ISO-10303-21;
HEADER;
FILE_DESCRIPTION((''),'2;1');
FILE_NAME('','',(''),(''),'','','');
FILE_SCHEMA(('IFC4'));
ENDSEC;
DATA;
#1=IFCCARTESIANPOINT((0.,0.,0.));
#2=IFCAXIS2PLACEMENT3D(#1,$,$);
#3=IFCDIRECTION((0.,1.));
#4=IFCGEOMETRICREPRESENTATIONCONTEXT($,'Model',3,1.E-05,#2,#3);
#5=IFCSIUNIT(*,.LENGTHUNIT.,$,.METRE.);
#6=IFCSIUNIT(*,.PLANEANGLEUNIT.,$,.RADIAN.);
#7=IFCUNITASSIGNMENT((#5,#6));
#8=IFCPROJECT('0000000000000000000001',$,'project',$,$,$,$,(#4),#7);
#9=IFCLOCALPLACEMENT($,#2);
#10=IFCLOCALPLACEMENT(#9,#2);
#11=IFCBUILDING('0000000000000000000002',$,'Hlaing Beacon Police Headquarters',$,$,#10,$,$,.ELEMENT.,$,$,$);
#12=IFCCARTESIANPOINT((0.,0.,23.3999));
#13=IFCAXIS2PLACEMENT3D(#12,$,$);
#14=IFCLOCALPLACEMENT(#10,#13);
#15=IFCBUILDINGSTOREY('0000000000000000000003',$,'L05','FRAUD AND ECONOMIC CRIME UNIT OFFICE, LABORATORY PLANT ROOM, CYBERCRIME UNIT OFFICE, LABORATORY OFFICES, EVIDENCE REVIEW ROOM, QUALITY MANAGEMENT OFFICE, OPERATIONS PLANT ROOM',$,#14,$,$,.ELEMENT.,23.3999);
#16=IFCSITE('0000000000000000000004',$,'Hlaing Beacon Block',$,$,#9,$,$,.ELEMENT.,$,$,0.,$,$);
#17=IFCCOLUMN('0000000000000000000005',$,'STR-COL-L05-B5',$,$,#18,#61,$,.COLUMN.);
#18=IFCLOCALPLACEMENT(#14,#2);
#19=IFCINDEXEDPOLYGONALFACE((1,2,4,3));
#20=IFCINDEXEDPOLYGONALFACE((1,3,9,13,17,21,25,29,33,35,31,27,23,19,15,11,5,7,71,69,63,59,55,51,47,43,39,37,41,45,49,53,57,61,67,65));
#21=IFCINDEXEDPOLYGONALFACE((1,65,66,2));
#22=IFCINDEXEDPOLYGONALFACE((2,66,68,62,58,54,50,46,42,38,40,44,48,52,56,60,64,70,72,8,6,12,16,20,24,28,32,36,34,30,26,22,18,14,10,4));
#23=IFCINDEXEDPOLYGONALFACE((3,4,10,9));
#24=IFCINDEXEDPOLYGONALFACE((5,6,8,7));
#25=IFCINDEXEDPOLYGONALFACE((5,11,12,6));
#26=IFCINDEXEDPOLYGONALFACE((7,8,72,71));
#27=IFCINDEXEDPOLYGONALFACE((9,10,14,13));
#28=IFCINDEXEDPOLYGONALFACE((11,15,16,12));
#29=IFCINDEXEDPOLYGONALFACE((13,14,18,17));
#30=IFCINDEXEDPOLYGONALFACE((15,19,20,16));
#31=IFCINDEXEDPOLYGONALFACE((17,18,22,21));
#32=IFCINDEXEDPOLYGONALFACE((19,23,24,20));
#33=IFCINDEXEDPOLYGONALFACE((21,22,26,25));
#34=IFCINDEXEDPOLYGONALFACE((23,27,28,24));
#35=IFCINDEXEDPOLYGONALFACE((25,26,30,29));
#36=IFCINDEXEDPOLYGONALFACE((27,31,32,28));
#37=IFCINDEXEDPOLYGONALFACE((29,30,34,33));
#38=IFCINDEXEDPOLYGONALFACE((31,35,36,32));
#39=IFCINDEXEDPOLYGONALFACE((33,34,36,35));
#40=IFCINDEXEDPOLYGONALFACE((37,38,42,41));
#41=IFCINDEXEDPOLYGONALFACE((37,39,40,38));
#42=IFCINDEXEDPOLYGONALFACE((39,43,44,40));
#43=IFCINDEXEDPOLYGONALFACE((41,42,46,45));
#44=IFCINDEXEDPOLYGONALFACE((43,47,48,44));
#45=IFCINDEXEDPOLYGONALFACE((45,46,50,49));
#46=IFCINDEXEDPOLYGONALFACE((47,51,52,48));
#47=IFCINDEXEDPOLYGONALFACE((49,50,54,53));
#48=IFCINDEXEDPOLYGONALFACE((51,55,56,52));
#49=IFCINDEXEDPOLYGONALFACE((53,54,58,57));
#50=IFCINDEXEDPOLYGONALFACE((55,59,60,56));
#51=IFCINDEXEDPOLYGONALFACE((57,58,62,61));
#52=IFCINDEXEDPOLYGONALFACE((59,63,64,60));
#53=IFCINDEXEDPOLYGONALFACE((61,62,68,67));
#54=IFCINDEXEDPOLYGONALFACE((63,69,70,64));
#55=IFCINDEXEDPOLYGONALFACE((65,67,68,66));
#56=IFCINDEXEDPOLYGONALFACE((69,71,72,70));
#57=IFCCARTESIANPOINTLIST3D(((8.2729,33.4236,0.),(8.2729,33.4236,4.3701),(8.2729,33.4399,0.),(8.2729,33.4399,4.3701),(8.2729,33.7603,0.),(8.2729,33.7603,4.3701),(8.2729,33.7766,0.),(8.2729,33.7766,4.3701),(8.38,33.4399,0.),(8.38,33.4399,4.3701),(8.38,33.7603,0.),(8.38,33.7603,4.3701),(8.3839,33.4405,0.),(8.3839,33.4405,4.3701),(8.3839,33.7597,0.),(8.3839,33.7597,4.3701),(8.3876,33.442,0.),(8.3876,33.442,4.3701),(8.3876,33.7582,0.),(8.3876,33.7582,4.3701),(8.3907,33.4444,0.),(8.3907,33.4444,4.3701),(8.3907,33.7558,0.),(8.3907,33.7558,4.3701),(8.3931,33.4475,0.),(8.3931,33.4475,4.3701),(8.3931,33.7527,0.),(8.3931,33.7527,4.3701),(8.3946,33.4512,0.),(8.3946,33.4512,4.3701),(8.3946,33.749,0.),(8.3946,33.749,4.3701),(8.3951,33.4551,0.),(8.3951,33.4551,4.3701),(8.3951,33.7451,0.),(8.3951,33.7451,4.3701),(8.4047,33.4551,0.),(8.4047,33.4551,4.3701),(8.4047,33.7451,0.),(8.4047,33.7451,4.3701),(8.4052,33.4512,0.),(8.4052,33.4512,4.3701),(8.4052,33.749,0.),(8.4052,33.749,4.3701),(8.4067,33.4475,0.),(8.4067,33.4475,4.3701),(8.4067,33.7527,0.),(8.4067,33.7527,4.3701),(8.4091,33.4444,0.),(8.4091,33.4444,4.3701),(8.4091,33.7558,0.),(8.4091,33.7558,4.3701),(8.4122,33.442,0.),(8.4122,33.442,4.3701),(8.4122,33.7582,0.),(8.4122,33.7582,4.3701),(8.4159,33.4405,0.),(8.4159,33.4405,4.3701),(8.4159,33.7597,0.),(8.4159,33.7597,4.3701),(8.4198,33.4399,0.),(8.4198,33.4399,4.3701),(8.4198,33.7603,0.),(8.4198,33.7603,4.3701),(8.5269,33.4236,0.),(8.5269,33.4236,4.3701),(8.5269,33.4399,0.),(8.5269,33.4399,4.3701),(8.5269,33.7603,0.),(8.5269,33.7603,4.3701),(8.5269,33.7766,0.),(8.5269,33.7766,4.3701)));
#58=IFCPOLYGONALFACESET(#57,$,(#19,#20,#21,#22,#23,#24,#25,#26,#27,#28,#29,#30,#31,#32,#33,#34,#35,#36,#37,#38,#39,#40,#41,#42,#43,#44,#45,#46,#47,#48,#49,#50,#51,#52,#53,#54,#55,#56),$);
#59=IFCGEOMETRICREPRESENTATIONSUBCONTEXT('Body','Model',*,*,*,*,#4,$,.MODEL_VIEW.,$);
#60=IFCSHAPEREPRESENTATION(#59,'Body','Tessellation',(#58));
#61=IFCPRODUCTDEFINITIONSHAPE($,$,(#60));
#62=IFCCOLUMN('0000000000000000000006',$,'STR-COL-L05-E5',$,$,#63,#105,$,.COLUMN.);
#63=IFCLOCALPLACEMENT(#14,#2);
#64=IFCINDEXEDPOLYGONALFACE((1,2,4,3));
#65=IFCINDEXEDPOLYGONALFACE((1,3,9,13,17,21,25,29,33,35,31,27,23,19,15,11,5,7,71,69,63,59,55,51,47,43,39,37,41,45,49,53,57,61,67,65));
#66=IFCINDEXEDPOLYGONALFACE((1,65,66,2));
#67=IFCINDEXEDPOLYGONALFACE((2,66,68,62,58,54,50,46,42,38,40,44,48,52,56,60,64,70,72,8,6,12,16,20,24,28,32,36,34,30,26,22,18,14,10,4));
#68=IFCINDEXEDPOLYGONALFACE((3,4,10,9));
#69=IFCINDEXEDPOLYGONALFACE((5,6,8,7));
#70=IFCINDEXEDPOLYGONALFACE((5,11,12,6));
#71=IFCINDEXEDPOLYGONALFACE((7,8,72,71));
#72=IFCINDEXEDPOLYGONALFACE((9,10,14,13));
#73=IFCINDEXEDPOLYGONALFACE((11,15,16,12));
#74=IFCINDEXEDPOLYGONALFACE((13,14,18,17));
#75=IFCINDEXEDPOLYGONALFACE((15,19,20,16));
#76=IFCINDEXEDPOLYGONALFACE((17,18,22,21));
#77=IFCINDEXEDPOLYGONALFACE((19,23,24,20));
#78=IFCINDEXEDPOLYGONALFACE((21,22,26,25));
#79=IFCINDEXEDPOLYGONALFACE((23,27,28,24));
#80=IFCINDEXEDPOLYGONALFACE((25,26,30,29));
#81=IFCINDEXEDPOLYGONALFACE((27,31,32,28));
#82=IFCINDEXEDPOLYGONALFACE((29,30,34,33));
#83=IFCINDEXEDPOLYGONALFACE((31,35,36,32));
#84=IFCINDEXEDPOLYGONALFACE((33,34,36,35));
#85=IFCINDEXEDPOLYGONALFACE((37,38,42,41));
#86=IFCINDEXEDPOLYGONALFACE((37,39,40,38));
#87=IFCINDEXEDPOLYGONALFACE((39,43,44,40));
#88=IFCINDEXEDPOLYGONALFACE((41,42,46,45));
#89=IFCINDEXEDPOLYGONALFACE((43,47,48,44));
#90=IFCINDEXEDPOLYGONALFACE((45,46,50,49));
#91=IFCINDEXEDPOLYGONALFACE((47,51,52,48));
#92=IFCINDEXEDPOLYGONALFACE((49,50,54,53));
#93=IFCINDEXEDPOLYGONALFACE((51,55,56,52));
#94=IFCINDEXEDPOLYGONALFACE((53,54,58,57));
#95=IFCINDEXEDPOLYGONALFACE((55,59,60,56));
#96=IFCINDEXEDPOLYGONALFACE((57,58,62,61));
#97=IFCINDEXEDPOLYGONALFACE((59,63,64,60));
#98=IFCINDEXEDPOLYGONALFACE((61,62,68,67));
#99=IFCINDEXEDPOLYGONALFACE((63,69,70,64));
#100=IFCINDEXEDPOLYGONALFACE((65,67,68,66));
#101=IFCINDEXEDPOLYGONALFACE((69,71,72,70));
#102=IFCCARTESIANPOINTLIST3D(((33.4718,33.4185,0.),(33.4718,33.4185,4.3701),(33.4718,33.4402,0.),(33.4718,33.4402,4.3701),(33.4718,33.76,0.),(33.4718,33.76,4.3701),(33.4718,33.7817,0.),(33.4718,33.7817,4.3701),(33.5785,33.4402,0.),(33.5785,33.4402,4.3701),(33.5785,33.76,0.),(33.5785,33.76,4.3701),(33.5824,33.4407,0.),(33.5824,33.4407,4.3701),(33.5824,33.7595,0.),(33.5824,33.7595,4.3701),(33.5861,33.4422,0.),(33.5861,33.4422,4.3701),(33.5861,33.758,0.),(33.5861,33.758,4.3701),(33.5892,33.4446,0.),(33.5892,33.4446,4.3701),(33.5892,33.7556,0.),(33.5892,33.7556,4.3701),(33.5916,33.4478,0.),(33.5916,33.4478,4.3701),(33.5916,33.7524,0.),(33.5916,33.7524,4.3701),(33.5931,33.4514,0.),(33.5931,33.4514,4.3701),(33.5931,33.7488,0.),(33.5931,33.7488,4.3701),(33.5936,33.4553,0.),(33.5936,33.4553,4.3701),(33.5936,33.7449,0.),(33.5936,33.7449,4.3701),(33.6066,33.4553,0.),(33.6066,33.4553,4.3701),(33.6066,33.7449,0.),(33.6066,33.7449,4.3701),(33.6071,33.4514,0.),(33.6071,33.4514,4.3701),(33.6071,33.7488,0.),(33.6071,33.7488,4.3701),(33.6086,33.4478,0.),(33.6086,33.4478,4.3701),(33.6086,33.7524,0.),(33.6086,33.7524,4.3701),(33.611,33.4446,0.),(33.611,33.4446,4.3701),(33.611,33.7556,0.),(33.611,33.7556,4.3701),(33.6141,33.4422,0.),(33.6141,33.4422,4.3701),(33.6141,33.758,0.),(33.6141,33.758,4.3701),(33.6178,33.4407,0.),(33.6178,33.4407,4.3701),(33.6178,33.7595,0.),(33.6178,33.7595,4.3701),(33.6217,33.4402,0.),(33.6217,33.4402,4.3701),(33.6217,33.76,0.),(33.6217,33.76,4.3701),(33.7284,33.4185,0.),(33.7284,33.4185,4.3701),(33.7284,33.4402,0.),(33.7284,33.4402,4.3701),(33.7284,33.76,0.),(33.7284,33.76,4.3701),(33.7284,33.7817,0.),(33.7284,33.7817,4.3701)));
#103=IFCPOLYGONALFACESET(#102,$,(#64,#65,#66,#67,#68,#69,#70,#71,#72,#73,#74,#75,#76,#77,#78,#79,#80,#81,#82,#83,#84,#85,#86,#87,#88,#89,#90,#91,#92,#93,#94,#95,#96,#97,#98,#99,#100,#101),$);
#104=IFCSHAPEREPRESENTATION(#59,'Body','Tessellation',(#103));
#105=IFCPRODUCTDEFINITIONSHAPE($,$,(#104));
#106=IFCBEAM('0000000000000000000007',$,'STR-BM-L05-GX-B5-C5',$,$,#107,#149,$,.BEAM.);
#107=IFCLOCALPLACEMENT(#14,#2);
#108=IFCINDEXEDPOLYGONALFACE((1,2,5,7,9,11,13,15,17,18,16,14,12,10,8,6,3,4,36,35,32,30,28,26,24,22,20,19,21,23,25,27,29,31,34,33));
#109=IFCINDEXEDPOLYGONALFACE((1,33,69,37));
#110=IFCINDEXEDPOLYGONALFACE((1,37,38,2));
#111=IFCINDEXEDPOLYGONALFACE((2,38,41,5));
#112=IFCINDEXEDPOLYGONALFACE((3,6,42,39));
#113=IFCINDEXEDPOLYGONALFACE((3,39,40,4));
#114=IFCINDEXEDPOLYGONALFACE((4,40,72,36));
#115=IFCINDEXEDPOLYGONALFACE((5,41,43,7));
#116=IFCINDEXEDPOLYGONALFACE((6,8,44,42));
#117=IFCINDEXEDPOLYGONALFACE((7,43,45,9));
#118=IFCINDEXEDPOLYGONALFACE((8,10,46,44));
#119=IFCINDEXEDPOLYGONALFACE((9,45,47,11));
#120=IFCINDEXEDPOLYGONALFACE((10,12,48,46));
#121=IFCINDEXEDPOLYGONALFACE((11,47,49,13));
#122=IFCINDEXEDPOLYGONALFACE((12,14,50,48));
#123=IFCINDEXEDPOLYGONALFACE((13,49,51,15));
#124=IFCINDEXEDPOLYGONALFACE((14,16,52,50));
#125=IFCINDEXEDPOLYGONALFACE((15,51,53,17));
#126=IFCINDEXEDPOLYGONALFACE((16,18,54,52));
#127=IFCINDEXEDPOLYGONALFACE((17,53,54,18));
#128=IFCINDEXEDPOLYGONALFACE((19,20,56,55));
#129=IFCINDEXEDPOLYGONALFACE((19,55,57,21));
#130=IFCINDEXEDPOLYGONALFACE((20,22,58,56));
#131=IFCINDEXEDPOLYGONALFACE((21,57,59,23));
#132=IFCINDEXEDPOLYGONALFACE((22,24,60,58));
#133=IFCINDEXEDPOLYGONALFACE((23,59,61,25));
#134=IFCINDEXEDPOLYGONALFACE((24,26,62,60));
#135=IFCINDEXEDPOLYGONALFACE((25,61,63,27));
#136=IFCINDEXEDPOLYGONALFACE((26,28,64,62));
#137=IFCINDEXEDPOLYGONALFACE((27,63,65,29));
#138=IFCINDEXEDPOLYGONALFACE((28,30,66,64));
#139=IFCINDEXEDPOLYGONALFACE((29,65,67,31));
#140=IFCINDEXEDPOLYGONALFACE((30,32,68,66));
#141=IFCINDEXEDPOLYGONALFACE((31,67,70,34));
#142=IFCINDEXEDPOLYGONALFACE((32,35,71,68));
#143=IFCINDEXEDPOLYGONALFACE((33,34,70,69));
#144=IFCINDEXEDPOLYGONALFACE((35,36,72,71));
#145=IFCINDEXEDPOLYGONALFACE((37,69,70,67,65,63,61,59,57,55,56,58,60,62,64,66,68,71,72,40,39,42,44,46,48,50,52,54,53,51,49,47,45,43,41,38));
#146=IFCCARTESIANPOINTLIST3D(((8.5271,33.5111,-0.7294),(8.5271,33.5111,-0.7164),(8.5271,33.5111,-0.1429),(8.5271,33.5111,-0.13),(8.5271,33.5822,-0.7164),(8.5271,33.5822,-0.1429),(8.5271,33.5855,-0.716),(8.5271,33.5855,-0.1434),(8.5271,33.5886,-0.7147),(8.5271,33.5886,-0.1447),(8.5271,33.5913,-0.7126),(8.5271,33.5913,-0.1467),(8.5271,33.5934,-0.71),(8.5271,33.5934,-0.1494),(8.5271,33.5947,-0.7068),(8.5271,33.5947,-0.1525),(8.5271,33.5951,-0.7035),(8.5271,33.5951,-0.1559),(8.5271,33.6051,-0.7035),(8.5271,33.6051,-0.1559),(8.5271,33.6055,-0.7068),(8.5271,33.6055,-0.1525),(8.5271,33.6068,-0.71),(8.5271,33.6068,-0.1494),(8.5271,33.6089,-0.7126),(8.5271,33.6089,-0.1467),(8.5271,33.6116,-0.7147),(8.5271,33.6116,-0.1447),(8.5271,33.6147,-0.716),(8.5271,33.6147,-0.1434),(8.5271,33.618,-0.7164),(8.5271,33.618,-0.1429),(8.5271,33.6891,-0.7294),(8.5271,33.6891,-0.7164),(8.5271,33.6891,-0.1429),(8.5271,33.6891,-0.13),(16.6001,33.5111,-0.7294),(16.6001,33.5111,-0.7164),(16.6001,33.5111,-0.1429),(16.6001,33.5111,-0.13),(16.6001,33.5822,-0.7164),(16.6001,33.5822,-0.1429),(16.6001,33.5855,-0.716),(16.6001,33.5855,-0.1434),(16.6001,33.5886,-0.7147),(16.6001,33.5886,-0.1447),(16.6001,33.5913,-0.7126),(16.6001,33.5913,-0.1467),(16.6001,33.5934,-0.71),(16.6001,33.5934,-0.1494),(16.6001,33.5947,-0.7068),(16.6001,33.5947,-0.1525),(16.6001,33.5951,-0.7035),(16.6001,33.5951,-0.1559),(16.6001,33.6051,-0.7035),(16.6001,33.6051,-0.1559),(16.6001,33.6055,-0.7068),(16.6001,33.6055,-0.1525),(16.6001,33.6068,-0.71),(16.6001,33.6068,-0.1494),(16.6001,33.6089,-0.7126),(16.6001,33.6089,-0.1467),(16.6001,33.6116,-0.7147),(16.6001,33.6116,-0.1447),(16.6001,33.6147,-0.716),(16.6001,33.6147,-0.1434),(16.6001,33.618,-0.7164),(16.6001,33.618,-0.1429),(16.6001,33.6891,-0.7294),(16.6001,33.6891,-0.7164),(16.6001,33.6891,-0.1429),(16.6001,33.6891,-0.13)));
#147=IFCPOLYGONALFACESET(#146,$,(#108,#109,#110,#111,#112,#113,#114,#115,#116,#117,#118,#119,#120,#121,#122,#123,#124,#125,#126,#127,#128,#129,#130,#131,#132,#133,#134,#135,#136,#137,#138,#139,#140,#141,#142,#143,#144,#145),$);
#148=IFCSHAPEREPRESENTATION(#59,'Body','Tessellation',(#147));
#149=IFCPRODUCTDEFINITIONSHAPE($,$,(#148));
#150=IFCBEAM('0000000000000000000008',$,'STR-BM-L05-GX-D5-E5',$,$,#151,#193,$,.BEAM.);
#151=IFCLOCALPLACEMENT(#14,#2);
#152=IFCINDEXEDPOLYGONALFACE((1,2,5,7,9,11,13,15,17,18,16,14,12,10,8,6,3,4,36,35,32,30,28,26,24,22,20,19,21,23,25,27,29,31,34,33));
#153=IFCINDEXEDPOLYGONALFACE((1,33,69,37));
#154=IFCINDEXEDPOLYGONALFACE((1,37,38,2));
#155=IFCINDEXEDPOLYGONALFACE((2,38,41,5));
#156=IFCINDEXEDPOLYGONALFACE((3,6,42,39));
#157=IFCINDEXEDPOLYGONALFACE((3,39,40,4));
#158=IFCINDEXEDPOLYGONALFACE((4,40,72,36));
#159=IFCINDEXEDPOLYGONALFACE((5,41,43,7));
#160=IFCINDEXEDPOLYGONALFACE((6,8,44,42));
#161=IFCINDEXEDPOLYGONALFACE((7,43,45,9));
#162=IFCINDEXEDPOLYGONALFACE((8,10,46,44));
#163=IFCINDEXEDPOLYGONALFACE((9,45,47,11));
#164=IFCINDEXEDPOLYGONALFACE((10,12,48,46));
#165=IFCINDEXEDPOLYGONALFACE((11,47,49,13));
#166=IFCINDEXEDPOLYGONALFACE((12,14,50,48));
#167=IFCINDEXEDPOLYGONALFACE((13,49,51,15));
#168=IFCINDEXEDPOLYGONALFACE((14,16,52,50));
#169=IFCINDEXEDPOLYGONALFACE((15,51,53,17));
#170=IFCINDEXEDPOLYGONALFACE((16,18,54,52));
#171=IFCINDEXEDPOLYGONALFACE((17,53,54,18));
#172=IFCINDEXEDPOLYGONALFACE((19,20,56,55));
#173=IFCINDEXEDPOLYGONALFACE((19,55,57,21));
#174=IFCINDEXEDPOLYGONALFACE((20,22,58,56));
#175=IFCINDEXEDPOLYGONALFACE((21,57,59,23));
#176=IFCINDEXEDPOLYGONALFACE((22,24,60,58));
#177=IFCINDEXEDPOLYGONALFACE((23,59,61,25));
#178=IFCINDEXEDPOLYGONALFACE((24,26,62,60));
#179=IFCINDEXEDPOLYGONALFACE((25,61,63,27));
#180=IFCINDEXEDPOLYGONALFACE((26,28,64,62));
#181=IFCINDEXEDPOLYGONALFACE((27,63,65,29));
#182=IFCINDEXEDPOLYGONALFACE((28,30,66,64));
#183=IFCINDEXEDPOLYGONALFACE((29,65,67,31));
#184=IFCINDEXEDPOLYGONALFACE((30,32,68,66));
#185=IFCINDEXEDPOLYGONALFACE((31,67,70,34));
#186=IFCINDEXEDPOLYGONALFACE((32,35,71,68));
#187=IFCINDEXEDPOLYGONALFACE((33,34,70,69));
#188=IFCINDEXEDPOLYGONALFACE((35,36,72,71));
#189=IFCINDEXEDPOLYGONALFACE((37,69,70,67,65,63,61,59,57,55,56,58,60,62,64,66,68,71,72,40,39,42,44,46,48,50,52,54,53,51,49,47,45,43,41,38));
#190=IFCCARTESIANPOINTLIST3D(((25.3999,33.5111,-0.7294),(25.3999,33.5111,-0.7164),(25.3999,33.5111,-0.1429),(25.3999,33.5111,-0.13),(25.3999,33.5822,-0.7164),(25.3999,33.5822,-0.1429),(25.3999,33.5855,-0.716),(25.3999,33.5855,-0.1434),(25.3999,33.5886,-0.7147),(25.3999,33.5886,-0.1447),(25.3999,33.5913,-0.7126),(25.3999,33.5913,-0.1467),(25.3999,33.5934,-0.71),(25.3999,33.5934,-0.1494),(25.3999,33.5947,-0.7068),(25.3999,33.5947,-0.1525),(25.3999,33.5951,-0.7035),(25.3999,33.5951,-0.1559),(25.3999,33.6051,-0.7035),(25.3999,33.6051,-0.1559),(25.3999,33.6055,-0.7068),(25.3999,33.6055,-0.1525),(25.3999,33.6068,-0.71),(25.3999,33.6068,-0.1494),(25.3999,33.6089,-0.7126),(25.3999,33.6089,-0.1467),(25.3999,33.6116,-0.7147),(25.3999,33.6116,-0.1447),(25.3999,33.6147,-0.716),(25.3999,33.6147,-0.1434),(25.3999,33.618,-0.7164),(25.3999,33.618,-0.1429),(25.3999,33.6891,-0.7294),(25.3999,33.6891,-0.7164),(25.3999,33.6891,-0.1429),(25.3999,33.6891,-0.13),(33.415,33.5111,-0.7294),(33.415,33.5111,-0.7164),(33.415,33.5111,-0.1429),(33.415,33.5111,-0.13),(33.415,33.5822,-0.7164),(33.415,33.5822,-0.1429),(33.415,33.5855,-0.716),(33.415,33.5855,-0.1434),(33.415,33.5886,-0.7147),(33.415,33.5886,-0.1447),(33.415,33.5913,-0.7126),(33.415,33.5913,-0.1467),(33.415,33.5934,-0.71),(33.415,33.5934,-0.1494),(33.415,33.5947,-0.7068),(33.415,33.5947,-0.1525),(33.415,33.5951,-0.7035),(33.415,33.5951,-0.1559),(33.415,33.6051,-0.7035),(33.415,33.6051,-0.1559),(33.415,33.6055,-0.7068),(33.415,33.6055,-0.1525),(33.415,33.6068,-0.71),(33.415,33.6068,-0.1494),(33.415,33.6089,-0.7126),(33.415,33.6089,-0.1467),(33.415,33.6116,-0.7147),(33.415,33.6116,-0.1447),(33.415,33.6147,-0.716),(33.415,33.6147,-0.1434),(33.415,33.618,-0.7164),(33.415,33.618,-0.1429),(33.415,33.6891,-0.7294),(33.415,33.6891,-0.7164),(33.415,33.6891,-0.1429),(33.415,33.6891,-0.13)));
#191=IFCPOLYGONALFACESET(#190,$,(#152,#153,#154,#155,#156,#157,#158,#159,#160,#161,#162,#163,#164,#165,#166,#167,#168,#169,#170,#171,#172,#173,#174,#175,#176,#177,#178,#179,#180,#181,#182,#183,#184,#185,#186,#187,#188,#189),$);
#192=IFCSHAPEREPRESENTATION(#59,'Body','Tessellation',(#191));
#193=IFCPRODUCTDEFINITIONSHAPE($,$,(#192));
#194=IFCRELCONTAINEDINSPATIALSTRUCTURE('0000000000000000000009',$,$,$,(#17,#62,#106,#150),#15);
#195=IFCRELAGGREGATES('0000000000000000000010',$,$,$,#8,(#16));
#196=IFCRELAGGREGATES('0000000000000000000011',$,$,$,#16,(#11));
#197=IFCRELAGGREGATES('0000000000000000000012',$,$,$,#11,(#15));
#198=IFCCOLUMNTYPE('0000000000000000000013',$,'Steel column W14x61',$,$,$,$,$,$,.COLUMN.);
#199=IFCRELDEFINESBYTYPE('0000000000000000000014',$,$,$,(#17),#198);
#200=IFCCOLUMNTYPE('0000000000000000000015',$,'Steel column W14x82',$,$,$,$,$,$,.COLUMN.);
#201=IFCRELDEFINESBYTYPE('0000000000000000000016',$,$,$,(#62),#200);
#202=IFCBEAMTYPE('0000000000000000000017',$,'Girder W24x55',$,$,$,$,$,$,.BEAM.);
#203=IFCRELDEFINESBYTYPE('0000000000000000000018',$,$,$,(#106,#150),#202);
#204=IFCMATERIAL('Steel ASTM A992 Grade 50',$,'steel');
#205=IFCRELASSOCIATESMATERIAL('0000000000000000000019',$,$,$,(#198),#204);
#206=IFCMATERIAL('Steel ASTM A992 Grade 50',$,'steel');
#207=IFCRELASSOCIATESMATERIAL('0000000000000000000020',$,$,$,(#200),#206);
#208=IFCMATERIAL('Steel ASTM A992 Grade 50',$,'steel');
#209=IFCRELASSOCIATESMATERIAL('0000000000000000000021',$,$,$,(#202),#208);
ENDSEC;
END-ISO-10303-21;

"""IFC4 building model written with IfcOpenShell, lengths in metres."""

from ifc_helpers import new_model, si_unit, direction, frame, origin, origin_2d, place, context, subcontext, project, spatial, i_section, extrude, material, material_profile, profile_set, type_object, element, save


model = new_model("IFC4")

# Units and contexts
model_context = context("Model", 3, precision=1e-05, world=origin(), true_north=direction((0.0, 1.0)))
body_context = subcontext(model_context, "Body", "Model", "MODEL_VIEW")
ifc_project = project(units=[si_unit("LENGTHUNIT", "METRE"), si_unit("PLANEANGLEUNIT", "RADIAN")], contexts=[model_context])

# Site, building, storey
site_placement = place(None, origin())
site = spatial("IfcSite", under=ifc_project, at=site_placement, Name="Hlaing Beacon Block", CompositionType="ELEMENT", RefElevation=0.0)
building_placement = place(site_placement, origin())
building = spatial("IfcBuilding", under=site, at=building_placement, Name="Hlaing Beacon Police Headquarters", CompositionType="ELEMENT")
storey_placement = place(building_placement, frame((0.0, 0.0, 23.3999)))
storey = spatial("IfcBuildingStorey", under=building, at=storey_placement, Name="L05", Description="FRAUD AND ECONOMIC CRIME UNIT OFFICE, LABORATORY PLANT ROOM, CYBERCRIME UNIT OFFICE, LABORATORY OFFICES, EVIDENCE REVIEW ROOM, QUALITY MANAGEMENT OFFICE, OPERATIONS PLANT ROOM", CompositionType="ELEMENT", Elevation=23.3999)

# Columns
ifc_material_1 = material(Name="Steel ASTM A992 Grade 50", Category="steel")
ifc_material_profile_1 = material_profile(ifc_material_1, i_section(OverallWidth=0.2539, OverallDepth=0.353, WebThickness=0.0095, FlangeThickness=0.0164, FilletRadius=0.0151, at=origin_2d()), Name="W14x61")
ifc_profile_set_1 = profile_set([ifc_material_profile_1], Name="Steel ASTM A992 Grade 50")
column_type_1 = type_object("IfcColumnType", Name="Steel column W14x61", PredefinedType="COLUMN", material=ifc_profile_set_1)
column_1_placement = place(storey_placement, frame((8.3999, 33.6001, 0.0), z_axis=(0.0, 0.0, 1.0), x_axis=(1.0, 0.0, 0.0)))
element("IfcColumn", 1, at=column_1_placement, inside=storey, type_object=column_type_1, Name="STR-COL-L05-B5", PredefinedType="COLUMN", context=body_context, shape_type="SweptSolid", body=[
    extrude(i_section(OverallWidth=0.2539, OverallDepth=0.353, WebThickness=0.0095, FlangeThickness=0.0164, FilletRadius=0.0151, at=origin_2d()), origin(), (0.0, 0.0, 1.0), 4.3701),
])
ifc_material_2 = material(Name="Steel ASTM A992 Grade 50", Category="steel")
ifc_material_profile_2 = material_profile(ifc_material_2, i_section(OverallWidth=0.2566, OverallDepth=0.3633, WebThickness=0.0129, FlangeThickness=0.0217, FilletRadius=0.0151, at=origin_2d()), Name="W14x82")
ifc_profile_set_2 = profile_set([ifc_material_profile_2], Name="Steel ASTM A992 Grade 50")
column_type_2 = type_object("IfcColumnType", Name="Steel column W14x82", PredefinedType="COLUMN", material=ifc_profile_set_2)
column_2_placement = place(storey_placement, frame((33.6001, 33.6001, 0.0), z_axis=(0.0, 0.0, 1.0), x_axis=(1.0, 0.0, 0.0)))
element("IfcColumn", 2, at=column_2_placement, inside=storey, type_object=column_type_2, Name="STR-COL-L05-E5", PredefinedType="COLUMN", context=body_context, shape_type="SweptSolid", body=[
    extrude(i_section(OverallWidth=0.2566, OverallDepth=0.3633, WebThickness=0.0129, FlangeThickness=0.0217, FilletRadius=0.0151, at=origin_2d()), origin(), (0.0, 0.0, 1.0), 4.3701),
])

# Beams
ifc_material_3 = material(Name="Steel ASTM A992 Grade 50", Category="steel")
ifc_material_profile_3 = material_profile(ifc_material_3, i_section(OverallWidth=0.178, OverallDepth=0.5994, WebThickness=0.01, FlangeThickness=0.0129, FilletRadius=0.0129, at=origin_2d()), Name="W24x55")
ifc_profile_set_3 = profile_set([ifc_material_profile_3], Name="Steel ASTM A992 Grade 50")
beam_type_1 = type_object("IfcBeamType", Name="Girder W24x55", PredefinedType="BEAM", material=ifc_profile_set_3)
beam_1_placement = place(storey_placement, frame((8.5271, 33.6001, -0.4297), z_axis=(1.0, 0.0, 0.0), x_axis=(0.0, 1.0, 0.0)))
element("IfcBeam", 3, at=beam_1_placement, inside=storey, type_object=beam_type_1, Name="STR-BM-L05-GX-B5-C5", PredefinedType="BEAM", context=body_context, shape_type="SweptSolid", body=[
    extrude(i_section(OverallWidth=0.178, OverallDepth=0.5994, WebThickness=0.01, FlangeThickness=0.0129, FilletRadius=0.0129, at=origin_2d()), origin(), (0.0, 0.0, 1.0), 8.073),
])
beam_2_placement = place(storey_placement, frame((25.3999, 33.6001, -0.4297), z_axis=(1.0, 0.0, 0.0), x_axis=(0.0, 1.0, 0.0)))
element("IfcBeam", 4, at=beam_2_placement, inside=storey, type_object=beam_type_1, Name="STR-BM-L05-GX-D5-E5", PredefinedType="BEAM", context=body_context, shape_type="SweptSolid", body=[
    extrude(i_section(OverallWidth=0.178, OverallDepth=0.5994, WebThickness=0.01, FlangeThickness=0.0129, FilletRadius=0.0129, at=origin_2d()), origin(), (0.0, 0.0, 1.0), 8.0151),
])

save(model, "model.ifc")
